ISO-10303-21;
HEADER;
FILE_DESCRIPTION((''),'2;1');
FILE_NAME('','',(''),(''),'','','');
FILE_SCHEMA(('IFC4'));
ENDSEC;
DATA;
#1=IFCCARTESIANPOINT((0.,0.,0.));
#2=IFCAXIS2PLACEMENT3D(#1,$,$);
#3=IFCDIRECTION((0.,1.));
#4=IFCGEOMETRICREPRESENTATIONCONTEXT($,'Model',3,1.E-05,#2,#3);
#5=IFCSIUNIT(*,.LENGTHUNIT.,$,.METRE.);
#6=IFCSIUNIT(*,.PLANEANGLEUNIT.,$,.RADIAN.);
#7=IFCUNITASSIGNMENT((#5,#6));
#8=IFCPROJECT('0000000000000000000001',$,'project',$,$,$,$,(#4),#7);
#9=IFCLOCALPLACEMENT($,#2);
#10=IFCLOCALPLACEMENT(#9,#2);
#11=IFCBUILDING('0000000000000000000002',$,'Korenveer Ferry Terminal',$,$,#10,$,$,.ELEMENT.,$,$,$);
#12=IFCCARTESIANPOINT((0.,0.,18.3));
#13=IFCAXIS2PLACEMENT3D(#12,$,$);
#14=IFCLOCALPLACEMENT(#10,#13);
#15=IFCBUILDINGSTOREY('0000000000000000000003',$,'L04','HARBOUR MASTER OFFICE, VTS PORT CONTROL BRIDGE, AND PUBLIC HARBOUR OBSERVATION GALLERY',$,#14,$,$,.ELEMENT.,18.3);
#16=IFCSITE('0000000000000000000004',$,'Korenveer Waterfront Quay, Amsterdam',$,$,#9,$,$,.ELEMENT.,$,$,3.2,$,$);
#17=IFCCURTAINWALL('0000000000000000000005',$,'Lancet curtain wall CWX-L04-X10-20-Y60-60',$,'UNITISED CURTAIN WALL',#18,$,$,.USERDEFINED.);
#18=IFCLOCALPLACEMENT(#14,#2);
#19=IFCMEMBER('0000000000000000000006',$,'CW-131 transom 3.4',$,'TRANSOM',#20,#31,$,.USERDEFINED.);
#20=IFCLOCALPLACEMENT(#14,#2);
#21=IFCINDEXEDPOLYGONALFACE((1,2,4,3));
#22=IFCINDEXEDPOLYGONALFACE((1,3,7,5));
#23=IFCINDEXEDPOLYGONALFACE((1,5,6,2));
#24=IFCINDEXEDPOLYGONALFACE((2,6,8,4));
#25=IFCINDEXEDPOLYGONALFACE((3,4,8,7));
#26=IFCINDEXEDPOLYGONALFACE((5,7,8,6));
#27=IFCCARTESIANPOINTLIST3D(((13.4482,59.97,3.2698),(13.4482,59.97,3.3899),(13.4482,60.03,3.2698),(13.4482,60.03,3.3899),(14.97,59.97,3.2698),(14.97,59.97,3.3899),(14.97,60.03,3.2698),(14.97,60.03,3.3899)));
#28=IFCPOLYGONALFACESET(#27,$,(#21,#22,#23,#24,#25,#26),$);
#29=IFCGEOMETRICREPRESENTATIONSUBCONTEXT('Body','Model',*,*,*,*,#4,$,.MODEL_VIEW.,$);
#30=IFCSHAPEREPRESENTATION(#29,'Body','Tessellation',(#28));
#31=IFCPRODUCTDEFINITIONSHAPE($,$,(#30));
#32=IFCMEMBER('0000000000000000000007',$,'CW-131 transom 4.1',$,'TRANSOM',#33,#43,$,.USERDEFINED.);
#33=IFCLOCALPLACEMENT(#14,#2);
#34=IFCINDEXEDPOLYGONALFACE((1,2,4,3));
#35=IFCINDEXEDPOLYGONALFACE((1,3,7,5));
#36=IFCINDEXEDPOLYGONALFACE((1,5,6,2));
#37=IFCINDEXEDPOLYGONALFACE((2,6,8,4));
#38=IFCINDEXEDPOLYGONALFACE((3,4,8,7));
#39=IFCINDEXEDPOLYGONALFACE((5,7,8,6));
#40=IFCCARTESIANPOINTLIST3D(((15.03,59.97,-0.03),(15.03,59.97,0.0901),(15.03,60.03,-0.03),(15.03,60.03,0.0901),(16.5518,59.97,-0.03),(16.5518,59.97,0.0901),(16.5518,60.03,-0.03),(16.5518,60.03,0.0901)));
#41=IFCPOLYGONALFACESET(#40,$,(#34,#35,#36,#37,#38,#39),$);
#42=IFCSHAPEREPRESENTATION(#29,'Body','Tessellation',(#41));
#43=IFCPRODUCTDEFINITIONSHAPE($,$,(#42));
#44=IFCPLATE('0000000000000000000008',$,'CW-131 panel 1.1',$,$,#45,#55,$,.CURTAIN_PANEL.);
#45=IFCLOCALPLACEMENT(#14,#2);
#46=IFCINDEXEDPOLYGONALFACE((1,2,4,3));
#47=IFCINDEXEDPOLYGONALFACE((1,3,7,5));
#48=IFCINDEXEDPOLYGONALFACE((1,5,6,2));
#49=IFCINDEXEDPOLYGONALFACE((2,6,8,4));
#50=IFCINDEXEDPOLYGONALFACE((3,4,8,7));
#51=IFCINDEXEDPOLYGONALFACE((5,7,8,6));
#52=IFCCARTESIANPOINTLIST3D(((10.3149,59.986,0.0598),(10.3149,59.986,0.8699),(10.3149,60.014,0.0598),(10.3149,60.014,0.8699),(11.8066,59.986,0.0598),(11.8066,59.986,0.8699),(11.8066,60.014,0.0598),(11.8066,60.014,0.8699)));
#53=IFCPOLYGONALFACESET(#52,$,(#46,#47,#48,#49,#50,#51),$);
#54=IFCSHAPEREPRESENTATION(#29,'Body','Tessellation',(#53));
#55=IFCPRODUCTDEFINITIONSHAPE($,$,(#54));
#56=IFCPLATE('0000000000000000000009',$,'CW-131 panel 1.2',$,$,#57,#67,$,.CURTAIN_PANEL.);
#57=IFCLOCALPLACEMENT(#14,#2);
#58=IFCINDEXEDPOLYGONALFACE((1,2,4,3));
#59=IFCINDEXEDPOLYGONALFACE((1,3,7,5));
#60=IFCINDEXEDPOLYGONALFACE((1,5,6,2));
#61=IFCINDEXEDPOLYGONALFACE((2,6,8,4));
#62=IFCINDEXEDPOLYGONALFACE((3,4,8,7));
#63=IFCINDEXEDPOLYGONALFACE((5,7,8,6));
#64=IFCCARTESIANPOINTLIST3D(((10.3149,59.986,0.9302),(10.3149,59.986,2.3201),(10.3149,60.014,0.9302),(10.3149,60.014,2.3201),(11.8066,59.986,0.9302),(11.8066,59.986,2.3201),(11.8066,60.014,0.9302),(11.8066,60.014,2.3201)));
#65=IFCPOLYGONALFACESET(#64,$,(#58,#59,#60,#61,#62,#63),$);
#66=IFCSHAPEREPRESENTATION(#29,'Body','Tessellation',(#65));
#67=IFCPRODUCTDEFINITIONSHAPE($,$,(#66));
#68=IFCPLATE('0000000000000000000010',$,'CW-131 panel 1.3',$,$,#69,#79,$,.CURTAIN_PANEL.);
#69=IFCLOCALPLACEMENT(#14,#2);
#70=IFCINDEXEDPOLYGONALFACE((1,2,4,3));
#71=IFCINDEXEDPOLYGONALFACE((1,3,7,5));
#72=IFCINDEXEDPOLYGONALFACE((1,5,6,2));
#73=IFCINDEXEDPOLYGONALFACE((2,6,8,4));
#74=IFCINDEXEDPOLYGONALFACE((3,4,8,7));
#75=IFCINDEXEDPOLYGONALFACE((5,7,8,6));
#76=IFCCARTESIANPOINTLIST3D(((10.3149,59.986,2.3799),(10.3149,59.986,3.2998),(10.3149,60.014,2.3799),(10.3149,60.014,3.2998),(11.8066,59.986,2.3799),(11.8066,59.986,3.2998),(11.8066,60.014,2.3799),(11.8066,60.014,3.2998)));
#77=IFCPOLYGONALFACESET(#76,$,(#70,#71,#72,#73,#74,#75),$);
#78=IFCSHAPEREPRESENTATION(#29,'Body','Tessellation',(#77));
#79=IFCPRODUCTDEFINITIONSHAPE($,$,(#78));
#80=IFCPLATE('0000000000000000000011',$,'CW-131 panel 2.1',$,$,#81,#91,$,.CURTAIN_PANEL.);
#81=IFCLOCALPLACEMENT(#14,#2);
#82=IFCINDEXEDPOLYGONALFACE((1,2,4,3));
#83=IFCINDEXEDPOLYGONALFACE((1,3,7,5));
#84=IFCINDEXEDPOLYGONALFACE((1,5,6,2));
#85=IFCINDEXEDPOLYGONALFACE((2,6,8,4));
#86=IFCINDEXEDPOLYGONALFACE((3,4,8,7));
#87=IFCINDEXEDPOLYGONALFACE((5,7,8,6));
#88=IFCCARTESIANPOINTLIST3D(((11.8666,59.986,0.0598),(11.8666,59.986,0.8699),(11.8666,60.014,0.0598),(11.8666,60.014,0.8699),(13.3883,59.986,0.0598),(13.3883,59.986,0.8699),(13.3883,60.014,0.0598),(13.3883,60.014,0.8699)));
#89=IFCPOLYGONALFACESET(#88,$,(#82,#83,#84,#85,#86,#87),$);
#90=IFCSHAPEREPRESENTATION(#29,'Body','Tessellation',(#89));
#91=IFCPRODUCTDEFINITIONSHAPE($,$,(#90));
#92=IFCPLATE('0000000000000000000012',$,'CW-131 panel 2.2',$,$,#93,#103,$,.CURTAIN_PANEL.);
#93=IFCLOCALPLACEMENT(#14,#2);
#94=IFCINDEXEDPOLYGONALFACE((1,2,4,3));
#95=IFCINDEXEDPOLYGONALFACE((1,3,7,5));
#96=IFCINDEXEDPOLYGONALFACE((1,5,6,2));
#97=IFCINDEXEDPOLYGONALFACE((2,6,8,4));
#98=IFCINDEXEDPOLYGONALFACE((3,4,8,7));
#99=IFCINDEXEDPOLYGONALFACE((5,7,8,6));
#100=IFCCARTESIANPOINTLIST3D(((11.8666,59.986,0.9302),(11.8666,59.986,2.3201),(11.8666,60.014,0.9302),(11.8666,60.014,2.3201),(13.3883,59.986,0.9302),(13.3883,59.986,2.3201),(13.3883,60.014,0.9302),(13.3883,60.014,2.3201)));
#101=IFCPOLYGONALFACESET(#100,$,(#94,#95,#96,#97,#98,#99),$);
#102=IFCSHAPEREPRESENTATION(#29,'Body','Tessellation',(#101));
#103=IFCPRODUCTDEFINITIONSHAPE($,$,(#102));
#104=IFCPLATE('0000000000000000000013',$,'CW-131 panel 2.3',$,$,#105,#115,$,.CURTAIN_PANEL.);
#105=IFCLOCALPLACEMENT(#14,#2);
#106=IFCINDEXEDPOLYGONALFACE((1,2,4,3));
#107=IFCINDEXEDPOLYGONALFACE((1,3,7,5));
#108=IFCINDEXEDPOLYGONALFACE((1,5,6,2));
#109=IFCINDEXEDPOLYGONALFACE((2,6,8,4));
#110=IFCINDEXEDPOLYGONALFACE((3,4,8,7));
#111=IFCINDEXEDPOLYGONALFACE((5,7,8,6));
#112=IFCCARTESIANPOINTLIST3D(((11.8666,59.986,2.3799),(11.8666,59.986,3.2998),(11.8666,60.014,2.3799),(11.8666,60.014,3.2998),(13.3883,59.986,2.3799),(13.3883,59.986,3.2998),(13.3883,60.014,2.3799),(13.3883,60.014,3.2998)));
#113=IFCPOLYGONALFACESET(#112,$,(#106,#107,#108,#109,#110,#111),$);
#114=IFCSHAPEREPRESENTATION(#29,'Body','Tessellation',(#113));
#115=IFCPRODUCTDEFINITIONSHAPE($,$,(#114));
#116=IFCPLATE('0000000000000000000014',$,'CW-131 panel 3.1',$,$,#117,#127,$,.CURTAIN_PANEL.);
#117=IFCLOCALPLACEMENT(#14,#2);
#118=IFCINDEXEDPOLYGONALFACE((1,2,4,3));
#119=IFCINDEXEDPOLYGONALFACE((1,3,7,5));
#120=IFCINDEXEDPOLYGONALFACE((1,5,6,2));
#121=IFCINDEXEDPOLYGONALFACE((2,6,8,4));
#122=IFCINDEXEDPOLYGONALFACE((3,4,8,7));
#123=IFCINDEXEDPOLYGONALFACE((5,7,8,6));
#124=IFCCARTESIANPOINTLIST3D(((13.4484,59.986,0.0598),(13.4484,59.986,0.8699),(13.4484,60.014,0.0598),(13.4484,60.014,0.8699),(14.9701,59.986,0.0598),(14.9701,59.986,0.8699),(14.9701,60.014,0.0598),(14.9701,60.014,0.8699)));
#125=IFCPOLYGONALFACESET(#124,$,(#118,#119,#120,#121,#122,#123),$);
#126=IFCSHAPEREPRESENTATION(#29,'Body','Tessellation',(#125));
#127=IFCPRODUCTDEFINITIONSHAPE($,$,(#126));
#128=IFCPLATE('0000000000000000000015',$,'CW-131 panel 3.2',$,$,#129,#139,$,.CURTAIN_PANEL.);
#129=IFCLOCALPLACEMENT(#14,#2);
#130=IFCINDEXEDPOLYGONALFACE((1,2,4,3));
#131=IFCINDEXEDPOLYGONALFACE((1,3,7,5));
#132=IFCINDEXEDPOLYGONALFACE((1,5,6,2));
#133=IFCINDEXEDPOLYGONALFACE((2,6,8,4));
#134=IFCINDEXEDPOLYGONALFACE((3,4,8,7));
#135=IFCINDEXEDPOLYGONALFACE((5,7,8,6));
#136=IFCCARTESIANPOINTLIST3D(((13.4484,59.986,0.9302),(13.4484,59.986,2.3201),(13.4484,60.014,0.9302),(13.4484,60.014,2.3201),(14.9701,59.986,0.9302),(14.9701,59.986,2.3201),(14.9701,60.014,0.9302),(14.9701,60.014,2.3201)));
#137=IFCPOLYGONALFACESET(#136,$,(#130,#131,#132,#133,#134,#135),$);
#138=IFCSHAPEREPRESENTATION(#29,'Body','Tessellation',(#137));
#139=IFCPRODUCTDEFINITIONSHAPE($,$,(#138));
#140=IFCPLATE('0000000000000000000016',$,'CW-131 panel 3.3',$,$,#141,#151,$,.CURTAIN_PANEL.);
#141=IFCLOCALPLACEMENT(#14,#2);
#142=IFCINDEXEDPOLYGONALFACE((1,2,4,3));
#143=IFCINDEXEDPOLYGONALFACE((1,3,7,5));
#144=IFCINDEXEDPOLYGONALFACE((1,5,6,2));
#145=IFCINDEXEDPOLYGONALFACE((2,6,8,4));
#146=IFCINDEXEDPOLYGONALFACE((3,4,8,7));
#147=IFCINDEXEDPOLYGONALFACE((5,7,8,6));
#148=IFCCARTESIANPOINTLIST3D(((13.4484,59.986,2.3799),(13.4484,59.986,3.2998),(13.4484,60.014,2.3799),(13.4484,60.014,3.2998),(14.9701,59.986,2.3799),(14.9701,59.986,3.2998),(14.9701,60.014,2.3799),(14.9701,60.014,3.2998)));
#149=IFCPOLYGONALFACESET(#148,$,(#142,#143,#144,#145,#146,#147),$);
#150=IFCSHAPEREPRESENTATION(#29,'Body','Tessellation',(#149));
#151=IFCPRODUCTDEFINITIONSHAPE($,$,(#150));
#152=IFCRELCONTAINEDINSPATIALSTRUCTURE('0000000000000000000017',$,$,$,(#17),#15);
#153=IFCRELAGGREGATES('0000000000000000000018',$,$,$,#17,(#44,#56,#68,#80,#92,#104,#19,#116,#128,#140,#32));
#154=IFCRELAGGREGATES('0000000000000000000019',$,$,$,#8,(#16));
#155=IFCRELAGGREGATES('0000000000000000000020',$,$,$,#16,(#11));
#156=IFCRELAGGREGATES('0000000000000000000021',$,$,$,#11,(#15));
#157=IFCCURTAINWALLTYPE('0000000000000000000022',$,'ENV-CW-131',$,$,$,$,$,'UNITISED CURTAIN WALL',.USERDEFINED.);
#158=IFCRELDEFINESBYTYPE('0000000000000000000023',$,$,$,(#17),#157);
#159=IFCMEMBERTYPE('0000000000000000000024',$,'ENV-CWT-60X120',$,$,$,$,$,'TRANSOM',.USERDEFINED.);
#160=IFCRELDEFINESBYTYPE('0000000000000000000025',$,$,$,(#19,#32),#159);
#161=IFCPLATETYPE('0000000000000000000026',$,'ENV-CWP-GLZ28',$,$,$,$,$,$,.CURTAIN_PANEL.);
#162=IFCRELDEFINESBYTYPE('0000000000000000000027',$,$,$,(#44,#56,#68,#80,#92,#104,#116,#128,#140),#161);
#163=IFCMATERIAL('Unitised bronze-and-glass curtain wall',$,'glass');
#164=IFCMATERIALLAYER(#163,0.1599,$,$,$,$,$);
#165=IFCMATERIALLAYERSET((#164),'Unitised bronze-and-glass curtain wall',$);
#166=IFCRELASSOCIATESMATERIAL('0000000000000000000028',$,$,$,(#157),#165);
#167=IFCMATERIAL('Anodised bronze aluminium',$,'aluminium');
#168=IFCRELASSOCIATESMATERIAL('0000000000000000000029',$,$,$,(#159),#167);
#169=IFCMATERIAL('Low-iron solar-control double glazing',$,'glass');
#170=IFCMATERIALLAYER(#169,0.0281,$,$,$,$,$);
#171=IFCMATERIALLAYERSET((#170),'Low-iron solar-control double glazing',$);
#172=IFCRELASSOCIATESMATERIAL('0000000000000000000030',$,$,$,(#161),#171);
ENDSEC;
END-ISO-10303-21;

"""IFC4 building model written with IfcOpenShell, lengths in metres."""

from ifc_helpers import new_model, si_unit, direction, frame, origin, origin_2d, place, context, subcontext, project, spatial, rectangle, extrude, material, layer, layer_set, material_profile, profile_set, type_object, element, aggregate, save


model = new_model("IFC4")

# Units and contexts
model_context = context("Model", 3, precision=1e-05, world=origin(), true_north=direction((0.0, 1.0)))
body_context = subcontext(model_context, "Body", "Model", "MODEL_VIEW")
ifc_project = project(units=[si_unit("LENGTHUNIT", "METRE"), si_unit("PLANEANGLEUNIT", "RADIAN")], contexts=[model_context])

# Site, building, storey
site_placement = place(None, origin())
site = spatial("IfcSite", under=ifc_project, at=site_placement, Name="Korenveer Waterfront Quay, Amsterdam", CompositionType="ELEMENT", RefElevation=3.2)
building_placement = place(site_placement, origin())
building = spatial("IfcBuilding", under=site, at=building_placement, Name="Korenveer Ferry Terminal", CompositionType="ELEMENT")
storey_placement = place(building_placement, frame((0.0, 0.0, 18.3)))
storey = spatial("IfcBuildingStorey", under=building, at=storey_placement, Name="L04", Description="HARBOUR MASTER OFFICE, VTS PORT CONTROL BRIDGE, AND PUBLIC HARBOUR OBSERVATION GALLERY", CompositionType="ELEMENT", Elevation=18.3)

# Curtain wall, members, plates
ifc_material_1 = material(Name="Unitised bronze-and-glass curtain wall", Category="glass")
ifc_layer_1 = layer(ifc_material_1, 0.1599)
ifc_layer_set_1 = layer_set([ifc_layer_1], Name="Unitised bronze-and-glass curtain wall")
curtain_wall_type = type_object("IfcCurtainWallType", Name="ENV-CW-131", ElementType="UNITISED CURTAIN WALL", PredefinedType="USERDEFINED", material=ifc_layer_set_1)
curtain_wall_placement = place(storey_placement, frame((10.2549, 60.0, 0.0)))
curtain_wall = element("IfcCurtainWall", 1, at=curtain_wall_placement, inside=storey, type_object=curtain_wall_type, Name="Lancet curtain wall CWX-L04-X10-20-Y60-60", ObjectType="UNITISED CURTAIN WALL", PredefinedType="USERDEFINED")
ifc_material_2 = material(Name="Anodised bronze aluminium", Category="aluminium")
ifc_material_profile_1 = material_profile(ifc_material_2, rectangle(XDim=0.0601, YDim=0.1201, at=origin_2d()), Name="ALU 60x120")
ifc_profile_set_1 = profile_set([ifc_material_profile_1], Name="Anodised bronze aluminium")
member_type_1 = type_object("IfcMemberType", Name="ENV-CWT-60X120", ElementType="TRANSOM", PredefinedType="USERDEFINED", material=ifc_profile_set_1)
member_1_placement = place(storey_placement, frame((13.4482, 60.0, 3.3298), z_axis=(1.0, 0.0, 0.0), x_axis=(0.0, 1.0, 0.0)))
member_1 = element("IfcMember", 2, at=member_1_placement, type_object=member_type_1, Name="CW-131 transom 3.4", ObjectType="TRANSOM", PredefinedType="USERDEFINED", context=body_context, shape_type="SweptSolid", body=[
    extrude(rectangle(XDim=0.0601, YDim=0.1201, at=origin_2d()), origin(), (0.0, 0.0, 1.0), 1.5217),
])
member_2_placement = place(storey_placement, frame((15.03, 60.0, 0.03), z_axis=(1.0, 0.0, 0.0), x_axis=(0.0, 1.0, 0.0)))
member_2 = element("IfcMember", 3, at=member_2_placement, type_object=member_type_1, Name="CW-131 transom 4.1", ObjectType="TRANSOM", PredefinedType="USERDEFINED", context=body_context, shape_type="SweptSolid", body=[
    extrude(rectangle(XDim=0.0601, YDim=0.1201, at=origin_2d()), origin(), (0.0, 0.0, 1.0), 1.5217),
])
ifc_material_3 = material(Name="Low-iron solar-control double glazing", Category="glass")
ifc_layer_2 = layer(ifc_material_3, 0.0281)
ifc_layer_set_2 = layer_set([ifc_layer_2], Name="Low-iron solar-control double glazing")
plate_type = type_object("IfcPlateType", Name="ENV-CWP-GLZ28", PredefinedType="CURTAIN_PANEL", material=ifc_layer_set_2)
plate_1_placement = place(storey_placement, frame((11.0608, 60.0, 0.0598), z_axis=(0.0, 0.0, 1.0), x_axis=(1.0, 0.0, 0.0)))
plate_1 = element("IfcPlate", 4, at=plate_1_placement, type_object=plate_type, Name="CW-131 panel 1.1", PredefinedType="CURTAIN_PANEL", context=body_context, shape_type="SweptSolid", body=[
    extrude(rectangle(XDim=1.4917, YDim=0.0281, at=origin_2d()), origin(), (0.0, 0.0, 1.0), 0.8101),
])
plate_2_placement = place(storey_placement, frame((11.0608, 60.0, 0.9302), z_axis=(0.0, 0.0, 1.0), x_axis=(1.0, 0.0, 0.0)))
plate_2 = element("IfcPlate", 5, at=plate_2_placement, type_object=plate_type, Name="CW-131 panel 1.2", PredefinedType="CURTAIN_PANEL", context=body_context, shape_type="SweptSolid", body=[
    extrude(rectangle(XDim=1.4917, YDim=0.0281, at=origin_2d()), origin(), (0.0, 0.0, 1.0), 1.3899),
])
plate_3_placement = place(storey_placement, frame((11.0608, 60.0, 2.3799), z_axis=(0.0, 0.0, 1.0), x_axis=(1.0, 0.0, 0.0)))
plate_3 = element("IfcPlate", 6, at=plate_3_placement, type_object=plate_type, Name="CW-131 panel 1.3", PredefinedType="CURTAIN_PANEL", context=body_context, shape_type="SweptSolid", body=[
    extrude(rectangle(XDim=1.4917, YDim=0.0281, at=origin_2d()), origin(), (0.0, 0.0, 1.0), 0.9199),
])
plate_4_placement = place(storey_placement, frame((12.6274, 60.0, 0.0598), z_axis=(0.0, 0.0, 1.0), x_axis=(1.0, 0.0, 0.0)))
plate_4 = element("IfcPlate", 7, at=plate_4_placement, type_object=plate_type, Name="CW-131 panel 2.1", PredefinedType="CURTAIN_PANEL", context=body_context, shape_type="SweptSolid", body=[
    extrude(rectangle(XDim=1.5217, YDim=0.0281, at=origin_2d()), origin(), (0.0, 0.0, 1.0), 0.8101),
])
plate_5_placement = place(storey_placement, frame((12.6274, 60.0, 0.9302), z_axis=(0.0, 0.0, 1.0), x_axis=(1.0, 0.0, 0.0)))
plate_5 = element("IfcPlate", 8, at=plate_5_placement, type_object=plate_type, Name="CW-131 panel 2.2", PredefinedType="CURTAIN_PANEL", context=body_context, shape_type="SweptSolid", body=[
    extrude(rectangle(XDim=1.5217, YDim=0.0281, at=origin_2d()), origin(), (0.0, 0.0, 1.0), 1.3899),
])
plate_6_placement = place(storey_placement, frame((12.6274, 60.0, 2.3799), z_axis=(0.0, 0.0, 1.0), x_axis=(1.0, 0.0, 0.0)))
plate_6 = element("IfcPlate", 9, at=plate_6_placement, type_object=plate_type, Name="CW-131 panel 2.3", PredefinedType="CURTAIN_PANEL", context=body_context, shape_type="SweptSolid", body=[
    extrude(rectangle(XDim=1.5217, YDim=0.0281, at=origin_2d()), origin(), (0.0, 0.0, 1.0), 0.9199),
])
plate_7_placement = place(storey_placement, frame((14.2092, 60.0, 0.0598), z_axis=(0.0, 0.0, 1.0), x_axis=(1.0, 0.0, 0.0)))
plate_7 = element("IfcPlate", 10, at=plate_7_placement, type_object=plate_type, Name="CW-131 panel 3.1", PredefinedType="CURTAIN_PANEL", context=body_context, shape_type="SweptSolid", body=[
    extrude(rectangle(XDim=1.5217, YDim=0.0281, at=origin_2d()), origin(), (0.0, 0.0, 1.0), 0.8101),
])
plate_8_placement = place(storey_placement, frame((14.2092, 60.0, 0.9302), z_axis=(0.0, 0.0, 1.0), x_axis=(1.0, 0.0, 0.0)))
plate_8 = element("IfcPlate", 11, at=plate_8_placement, type_object=plate_type, Name="CW-131 panel 3.2", PredefinedType="CURTAIN_PANEL", context=body_context, shape_type="SweptSolid", body=[
    extrude(rectangle(XDim=1.5217, YDim=0.0281, at=origin_2d()), origin(), (0.0, 0.0, 1.0), 1.3899),
])
plate_9_placement = place(storey_placement, frame((14.2092, 60.0, 2.3799), z_axis=(0.0, 0.0, 1.0), x_axis=(1.0, 0.0, 0.0)))
plate_9 = element("IfcPlate", 12, at=plate_9_placement, type_object=plate_type, Name="CW-131 panel 3.3", PredefinedType="CURTAIN_PANEL", context=body_context, shape_type="SweptSolid", body=[
    extrude(rectangle(XDim=1.5217, YDim=0.0281, at=origin_2d()), origin(), (0.0, 0.0, 1.0), 0.9199),
])
aggregate(curtain_wall, [plate_1, plate_2, plate_3, plate_4, plate_5, plate_6, member_1, plate_7, plate_8, plate_9, member_2])

save(model, "model.ifc")
